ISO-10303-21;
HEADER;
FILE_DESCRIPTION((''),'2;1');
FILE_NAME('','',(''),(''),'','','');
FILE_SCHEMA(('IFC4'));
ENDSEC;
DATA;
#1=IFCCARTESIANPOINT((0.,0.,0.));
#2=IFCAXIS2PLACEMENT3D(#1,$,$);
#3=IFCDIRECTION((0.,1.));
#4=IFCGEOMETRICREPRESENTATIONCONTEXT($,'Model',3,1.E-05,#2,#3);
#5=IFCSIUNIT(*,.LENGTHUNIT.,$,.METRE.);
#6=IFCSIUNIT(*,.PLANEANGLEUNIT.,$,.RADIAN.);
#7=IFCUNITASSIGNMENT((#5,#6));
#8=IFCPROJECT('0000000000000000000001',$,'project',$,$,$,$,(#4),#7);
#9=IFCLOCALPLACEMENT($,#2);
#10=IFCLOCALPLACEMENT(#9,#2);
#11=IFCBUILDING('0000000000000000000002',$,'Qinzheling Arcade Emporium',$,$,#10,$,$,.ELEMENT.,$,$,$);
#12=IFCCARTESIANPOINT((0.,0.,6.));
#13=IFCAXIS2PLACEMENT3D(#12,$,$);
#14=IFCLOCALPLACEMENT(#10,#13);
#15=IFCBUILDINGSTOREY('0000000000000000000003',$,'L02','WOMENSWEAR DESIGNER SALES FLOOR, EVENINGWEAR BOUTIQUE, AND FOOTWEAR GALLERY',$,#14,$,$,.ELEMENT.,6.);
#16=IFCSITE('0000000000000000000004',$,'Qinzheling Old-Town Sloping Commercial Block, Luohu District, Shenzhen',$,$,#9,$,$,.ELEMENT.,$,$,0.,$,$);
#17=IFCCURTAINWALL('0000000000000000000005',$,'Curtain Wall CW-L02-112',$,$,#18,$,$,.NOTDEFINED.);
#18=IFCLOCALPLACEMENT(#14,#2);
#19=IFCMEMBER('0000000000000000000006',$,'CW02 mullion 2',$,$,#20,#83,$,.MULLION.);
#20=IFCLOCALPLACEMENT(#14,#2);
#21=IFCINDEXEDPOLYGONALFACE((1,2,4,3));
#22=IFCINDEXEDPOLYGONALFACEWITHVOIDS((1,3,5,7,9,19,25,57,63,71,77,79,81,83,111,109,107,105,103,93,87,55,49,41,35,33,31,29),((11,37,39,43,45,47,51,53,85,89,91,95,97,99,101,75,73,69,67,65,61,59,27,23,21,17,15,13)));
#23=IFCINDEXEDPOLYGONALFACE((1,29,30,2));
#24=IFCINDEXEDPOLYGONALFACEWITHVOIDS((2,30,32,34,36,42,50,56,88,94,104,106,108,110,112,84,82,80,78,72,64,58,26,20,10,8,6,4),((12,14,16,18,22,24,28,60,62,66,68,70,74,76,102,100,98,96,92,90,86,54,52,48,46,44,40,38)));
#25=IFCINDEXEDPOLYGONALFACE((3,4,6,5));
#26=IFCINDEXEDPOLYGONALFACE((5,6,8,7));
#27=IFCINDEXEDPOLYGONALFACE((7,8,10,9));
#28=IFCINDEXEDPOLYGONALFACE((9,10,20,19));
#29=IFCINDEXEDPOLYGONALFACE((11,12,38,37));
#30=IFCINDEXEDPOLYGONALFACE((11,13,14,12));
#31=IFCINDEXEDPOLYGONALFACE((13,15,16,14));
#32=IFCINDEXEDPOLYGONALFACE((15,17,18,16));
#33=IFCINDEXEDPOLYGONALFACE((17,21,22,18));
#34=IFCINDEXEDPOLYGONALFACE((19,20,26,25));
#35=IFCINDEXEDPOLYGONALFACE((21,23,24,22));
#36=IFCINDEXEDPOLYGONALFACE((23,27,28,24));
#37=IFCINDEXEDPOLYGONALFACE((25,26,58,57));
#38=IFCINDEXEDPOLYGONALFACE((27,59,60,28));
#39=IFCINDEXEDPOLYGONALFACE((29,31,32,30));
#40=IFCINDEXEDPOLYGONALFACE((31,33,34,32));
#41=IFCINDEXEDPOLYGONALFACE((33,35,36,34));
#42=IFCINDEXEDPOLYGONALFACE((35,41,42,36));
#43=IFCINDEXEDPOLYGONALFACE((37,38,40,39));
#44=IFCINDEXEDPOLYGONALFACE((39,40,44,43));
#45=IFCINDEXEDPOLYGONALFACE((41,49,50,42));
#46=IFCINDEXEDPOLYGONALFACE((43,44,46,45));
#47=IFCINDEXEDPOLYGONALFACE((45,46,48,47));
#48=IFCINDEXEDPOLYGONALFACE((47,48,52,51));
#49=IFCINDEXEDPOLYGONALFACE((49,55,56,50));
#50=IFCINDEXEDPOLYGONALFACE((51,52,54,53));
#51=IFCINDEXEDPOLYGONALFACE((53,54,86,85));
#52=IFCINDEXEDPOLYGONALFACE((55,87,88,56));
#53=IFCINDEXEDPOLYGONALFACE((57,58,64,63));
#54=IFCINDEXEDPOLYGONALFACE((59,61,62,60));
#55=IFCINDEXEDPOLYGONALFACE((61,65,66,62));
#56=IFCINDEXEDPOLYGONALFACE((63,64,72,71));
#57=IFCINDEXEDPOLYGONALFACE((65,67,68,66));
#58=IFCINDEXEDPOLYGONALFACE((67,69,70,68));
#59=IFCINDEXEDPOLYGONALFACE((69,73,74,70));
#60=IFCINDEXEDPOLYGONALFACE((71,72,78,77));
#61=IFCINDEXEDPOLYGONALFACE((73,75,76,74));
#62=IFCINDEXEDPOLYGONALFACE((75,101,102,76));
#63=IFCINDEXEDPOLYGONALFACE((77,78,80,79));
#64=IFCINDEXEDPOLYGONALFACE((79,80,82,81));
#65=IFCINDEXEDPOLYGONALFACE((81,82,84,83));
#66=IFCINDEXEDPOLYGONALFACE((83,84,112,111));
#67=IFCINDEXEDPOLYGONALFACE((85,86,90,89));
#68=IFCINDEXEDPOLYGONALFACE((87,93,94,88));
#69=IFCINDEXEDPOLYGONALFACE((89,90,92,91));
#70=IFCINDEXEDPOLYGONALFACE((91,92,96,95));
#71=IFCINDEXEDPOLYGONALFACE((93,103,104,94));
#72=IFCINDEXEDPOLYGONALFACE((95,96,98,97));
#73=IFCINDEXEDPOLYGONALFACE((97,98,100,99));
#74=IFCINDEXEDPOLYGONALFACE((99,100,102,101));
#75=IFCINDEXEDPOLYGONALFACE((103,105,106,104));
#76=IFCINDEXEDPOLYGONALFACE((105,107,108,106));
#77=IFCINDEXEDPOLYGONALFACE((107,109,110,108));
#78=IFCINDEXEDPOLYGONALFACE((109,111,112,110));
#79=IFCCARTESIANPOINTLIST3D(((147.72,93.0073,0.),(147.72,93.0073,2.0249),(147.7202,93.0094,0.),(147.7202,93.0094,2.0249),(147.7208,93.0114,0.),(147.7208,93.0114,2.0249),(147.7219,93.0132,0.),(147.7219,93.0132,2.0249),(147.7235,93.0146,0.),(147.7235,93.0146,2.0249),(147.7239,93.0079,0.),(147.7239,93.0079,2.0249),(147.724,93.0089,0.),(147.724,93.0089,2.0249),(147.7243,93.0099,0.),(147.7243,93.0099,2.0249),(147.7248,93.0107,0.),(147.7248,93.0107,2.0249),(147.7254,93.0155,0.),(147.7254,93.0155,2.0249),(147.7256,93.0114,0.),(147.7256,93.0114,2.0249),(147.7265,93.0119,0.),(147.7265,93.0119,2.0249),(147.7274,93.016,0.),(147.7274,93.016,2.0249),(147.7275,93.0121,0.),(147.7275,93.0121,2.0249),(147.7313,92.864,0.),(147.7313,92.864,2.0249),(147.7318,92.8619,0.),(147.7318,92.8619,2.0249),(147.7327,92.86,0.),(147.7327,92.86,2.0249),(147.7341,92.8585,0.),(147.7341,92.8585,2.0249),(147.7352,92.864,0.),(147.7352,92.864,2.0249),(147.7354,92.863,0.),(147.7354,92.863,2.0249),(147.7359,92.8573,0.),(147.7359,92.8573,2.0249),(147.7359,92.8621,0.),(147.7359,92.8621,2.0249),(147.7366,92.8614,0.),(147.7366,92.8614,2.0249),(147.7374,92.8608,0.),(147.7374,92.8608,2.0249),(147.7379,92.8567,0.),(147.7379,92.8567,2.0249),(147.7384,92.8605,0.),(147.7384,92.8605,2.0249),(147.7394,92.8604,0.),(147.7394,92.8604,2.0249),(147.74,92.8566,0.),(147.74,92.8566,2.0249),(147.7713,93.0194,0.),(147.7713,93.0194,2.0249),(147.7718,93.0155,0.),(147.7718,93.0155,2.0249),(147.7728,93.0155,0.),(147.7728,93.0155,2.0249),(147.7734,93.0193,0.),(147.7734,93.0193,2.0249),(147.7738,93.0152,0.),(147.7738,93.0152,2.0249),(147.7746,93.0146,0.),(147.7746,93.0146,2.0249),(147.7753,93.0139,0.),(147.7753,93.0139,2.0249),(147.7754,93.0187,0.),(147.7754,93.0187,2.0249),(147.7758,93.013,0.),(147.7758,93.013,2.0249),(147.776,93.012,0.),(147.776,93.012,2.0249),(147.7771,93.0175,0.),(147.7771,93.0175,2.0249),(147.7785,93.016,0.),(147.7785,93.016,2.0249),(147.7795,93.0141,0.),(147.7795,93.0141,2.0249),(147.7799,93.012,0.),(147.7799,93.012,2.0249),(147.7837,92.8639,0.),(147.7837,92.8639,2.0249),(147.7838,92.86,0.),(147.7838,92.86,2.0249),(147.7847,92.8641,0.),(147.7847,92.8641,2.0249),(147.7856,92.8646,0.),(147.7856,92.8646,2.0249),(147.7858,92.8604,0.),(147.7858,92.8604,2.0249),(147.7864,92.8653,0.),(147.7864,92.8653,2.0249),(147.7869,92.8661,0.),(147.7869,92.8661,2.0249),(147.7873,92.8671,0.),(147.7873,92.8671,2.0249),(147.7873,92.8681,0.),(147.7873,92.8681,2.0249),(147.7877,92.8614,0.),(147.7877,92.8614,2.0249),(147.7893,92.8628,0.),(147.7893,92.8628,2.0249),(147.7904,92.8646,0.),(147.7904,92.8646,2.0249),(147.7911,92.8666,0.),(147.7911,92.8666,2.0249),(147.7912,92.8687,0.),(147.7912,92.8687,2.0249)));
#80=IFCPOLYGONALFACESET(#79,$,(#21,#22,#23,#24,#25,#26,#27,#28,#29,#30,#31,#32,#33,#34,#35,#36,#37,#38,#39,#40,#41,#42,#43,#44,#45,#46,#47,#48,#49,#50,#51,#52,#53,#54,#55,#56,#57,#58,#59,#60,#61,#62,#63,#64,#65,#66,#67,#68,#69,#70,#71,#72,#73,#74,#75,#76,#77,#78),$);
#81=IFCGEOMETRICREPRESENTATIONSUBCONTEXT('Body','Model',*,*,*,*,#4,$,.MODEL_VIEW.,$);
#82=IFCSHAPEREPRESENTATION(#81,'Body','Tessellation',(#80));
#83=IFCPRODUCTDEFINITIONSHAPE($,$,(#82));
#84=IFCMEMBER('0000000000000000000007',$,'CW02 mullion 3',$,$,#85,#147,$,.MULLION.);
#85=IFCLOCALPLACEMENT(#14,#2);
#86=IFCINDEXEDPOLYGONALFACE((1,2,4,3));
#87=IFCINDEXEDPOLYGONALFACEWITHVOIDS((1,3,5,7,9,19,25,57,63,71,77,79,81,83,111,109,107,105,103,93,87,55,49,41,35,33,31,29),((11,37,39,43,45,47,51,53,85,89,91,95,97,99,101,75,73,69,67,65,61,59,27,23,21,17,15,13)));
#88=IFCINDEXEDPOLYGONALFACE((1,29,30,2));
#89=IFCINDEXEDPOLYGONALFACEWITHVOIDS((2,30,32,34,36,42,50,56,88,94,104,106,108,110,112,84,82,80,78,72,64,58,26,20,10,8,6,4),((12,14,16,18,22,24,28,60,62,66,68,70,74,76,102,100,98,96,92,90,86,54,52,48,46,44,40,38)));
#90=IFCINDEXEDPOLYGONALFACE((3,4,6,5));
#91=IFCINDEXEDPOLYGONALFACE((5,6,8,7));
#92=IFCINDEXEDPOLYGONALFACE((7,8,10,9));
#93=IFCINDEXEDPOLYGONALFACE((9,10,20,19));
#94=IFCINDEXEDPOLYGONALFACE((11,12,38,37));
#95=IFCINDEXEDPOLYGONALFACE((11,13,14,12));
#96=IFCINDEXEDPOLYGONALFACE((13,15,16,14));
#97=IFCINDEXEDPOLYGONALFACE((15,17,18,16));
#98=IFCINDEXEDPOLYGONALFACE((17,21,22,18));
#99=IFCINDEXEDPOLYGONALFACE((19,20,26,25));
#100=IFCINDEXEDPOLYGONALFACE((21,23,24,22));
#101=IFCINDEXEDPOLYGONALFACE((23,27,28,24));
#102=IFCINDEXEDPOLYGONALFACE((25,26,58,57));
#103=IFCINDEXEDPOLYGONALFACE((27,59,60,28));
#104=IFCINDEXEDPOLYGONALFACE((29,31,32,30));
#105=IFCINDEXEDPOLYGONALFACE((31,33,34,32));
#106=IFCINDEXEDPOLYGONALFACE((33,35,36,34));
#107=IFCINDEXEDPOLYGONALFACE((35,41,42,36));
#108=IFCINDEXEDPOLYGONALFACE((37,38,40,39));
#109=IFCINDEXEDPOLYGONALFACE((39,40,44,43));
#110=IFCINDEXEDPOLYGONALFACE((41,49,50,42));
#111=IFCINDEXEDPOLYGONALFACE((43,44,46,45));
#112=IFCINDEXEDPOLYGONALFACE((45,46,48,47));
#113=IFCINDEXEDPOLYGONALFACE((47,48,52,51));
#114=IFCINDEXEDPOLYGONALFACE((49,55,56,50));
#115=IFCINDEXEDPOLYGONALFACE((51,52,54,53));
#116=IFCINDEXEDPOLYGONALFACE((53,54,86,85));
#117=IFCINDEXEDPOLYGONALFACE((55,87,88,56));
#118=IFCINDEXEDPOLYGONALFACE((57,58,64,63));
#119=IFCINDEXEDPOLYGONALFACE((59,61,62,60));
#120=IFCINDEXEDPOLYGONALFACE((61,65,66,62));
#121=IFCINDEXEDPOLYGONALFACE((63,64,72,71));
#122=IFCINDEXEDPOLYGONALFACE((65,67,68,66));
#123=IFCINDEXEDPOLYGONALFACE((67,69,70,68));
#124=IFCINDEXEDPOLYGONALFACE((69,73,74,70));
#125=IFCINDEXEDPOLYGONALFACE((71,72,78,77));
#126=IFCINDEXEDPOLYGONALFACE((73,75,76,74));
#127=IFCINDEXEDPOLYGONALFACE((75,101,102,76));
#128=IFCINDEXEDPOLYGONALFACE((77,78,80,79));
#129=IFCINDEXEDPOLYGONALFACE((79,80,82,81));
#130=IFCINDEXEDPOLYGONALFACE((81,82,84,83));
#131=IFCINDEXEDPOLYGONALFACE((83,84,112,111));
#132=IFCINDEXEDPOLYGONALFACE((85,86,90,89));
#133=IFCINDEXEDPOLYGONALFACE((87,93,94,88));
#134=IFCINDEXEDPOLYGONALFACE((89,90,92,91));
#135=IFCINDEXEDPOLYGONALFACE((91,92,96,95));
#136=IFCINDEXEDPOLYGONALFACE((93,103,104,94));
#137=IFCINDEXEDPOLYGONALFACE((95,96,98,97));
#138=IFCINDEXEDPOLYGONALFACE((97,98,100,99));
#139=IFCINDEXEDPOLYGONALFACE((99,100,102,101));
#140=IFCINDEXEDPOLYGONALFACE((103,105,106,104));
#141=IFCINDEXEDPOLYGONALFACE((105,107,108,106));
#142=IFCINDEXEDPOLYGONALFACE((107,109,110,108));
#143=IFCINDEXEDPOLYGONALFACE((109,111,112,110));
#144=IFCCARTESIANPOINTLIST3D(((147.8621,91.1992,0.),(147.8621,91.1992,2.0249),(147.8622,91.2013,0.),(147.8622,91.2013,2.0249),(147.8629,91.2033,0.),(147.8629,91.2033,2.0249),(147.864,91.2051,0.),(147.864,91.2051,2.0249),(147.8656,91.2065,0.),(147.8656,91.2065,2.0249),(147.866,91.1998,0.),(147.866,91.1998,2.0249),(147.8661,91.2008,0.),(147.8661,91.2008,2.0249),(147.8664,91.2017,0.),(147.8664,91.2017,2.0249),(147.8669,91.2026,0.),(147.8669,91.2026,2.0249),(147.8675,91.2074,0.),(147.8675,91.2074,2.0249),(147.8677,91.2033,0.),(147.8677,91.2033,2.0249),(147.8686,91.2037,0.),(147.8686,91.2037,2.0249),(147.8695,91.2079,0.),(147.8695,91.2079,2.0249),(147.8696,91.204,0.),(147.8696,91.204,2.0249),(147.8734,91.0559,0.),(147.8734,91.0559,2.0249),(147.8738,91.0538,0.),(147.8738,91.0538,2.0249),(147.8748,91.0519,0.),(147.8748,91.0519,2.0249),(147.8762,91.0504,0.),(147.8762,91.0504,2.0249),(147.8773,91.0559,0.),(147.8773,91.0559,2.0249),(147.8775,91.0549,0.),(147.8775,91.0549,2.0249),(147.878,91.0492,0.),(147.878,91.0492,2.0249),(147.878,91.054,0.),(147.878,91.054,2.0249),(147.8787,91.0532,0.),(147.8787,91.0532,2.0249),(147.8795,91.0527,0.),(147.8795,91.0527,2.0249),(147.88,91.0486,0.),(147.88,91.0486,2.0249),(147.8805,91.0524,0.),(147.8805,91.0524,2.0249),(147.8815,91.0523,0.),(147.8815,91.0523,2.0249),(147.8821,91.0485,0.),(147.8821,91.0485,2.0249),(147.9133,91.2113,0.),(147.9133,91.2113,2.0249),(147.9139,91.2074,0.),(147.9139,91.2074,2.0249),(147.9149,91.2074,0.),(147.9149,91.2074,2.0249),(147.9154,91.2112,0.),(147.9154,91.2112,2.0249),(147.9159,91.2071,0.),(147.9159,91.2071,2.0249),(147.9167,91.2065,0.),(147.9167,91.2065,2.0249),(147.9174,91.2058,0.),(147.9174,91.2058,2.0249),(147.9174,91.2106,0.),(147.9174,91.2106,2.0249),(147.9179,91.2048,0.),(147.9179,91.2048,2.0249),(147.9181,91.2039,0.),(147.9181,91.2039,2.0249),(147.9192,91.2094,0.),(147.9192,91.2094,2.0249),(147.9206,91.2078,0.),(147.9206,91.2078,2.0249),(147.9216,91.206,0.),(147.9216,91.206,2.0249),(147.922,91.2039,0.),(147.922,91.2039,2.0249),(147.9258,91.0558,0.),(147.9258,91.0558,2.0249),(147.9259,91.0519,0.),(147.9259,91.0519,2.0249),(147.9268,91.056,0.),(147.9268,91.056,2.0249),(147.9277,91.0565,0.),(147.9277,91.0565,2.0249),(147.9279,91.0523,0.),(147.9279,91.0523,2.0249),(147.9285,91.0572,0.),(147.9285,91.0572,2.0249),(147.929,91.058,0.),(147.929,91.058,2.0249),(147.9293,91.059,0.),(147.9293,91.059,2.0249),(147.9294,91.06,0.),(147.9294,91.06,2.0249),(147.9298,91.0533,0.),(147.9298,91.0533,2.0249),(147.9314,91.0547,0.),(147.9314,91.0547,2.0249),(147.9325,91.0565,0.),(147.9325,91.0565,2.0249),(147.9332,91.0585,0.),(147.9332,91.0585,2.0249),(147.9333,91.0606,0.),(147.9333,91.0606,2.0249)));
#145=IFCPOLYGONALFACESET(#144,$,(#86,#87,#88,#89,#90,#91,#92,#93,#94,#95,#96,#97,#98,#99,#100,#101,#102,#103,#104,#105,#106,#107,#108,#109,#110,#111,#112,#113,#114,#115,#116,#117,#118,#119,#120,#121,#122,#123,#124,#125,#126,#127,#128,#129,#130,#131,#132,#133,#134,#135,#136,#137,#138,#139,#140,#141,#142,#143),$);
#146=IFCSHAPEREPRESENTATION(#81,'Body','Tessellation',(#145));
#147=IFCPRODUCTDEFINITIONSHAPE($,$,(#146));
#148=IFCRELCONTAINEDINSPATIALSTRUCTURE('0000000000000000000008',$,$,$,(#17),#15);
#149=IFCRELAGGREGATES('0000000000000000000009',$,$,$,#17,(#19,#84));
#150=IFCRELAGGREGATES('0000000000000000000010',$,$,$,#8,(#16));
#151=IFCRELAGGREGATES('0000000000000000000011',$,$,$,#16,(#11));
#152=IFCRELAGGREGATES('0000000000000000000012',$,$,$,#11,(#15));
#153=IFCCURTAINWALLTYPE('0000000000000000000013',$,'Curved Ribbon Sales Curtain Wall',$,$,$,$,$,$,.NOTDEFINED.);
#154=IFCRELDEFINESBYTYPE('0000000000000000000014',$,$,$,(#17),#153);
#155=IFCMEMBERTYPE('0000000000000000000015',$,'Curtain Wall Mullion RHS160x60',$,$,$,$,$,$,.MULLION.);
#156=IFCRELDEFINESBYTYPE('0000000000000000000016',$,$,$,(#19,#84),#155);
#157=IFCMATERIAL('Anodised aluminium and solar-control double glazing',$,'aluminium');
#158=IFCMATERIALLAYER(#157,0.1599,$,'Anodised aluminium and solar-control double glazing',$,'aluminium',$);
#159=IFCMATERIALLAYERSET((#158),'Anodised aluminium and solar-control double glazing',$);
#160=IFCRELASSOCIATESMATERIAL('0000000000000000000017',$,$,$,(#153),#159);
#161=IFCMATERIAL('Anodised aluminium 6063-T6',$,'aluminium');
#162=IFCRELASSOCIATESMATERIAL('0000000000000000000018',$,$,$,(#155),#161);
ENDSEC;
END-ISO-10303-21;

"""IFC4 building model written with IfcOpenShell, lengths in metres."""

from ifc_helpers import new_model, si_unit, direction, frame, origin, origin_2d, place, context, subcontext, project, spatial, hollow_rectangle, extrude, material, layer, layer_set, material_profile, profile_set, type_object, element, aggregate, save


model = new_model("IFC4")

# Units and contexts
model_context = context("Model", 3, precision=1e-05, world=origin(), true_north=direction((0.0, 1.0)))
body_context = subcontext(model_context, "Body", "Model", "MODEL_VIEW")
ifc_project = project(units=[si_unit("LENGTHUNIT", "METRE"), si_unit("PLANEANGLEUNIT", "RADIAN")], contexts=[model_context])

# Site, building, storey
site_placement = place(None, origin())
site = spatial("IfcSite", under=ifc_project, at=site_placement, Name="Qinzheling Old-Town Sloping Commercial Block, Luohu District, Shenzhen", CompositionType="ELEMENT", RefElevation=0.0)
building_placement = place(site_placement, origin())
building = spatial("IfcBuilding", under=site, at=building_placement, Name="Qinzheling Arcade Emporium", CompositionType="ELEMENT")
storey_placement = place(building_placement, frame((0.0, 0.0, 6.0)))
storey = spatial("IfcBuildingStorey", under=building, at=storey_placement, Name="L02", Description="WOMENSWEAR DESIGNER SALES FLOOR, EVENINGWEAR BOUTIQUE, AND FOOTWEAR GALLERY", CompositionType="ELEMENT", Elevation=6.0)

# Curtain wall, members
ifc_material_1 = material(Name="Anodised aluminium and solar-control double glazing", Category="aluminium")
ifc_layer_1 = layer(ifc_material_1, 0.1599, Name="Anodised aluminium and solar-control double glazing", Category="aluminium")
ifc_layer_set_1 = layer_set([ifc_layer_1], Name="Anodised aluminium and solar-control double glazing")
curtain_wall_type_1 = type_object("IfcCurtainWallType", Name="Curved Ribbon Sales Curtain Wall", PredefinedType="NOTDEFINED", material=ifc_layer_set_1)
curtain_wall_1_placement = place(storey_placement, origin())
curtain_wall_1 = element("IfcCurtainWall", 1, at=curtain_wall_1_placement, inside=storey, type_object=curtain_wall_type_1, Name="Curtain Wall CW-L02-112", PredefinedType="NOTDEFINED")
ifc_material_2 = material(Name="Anodised aluminium 6063-T6", Category="aluminium")
ifc_material_profile_1 = material_profile(ifc_material_2, hollow_rectangle(XDim=0.0601, YDim=0.1599, WallThickness=0.0039, InnerFilletRadius=0.0039, OuterFilletRadius=0.0081, at=origin_2d()), Name="RHS 160x60x4", Category="aluminium")
ifc_profile_set_1 = profile_set([ifc_material_profile_1], Name="Anodised aluminium 6063-T6")
member_type_1 = type_object("IfcMemberType", Name="Curtain Wall Mullion RHS160x60", PredefinedType="MULLION", material=ifc_profile_set_1)
member_1_placement = place(storey_placement, frame((147.7556, 92.938, 0.0), z_axis=(0.0, 0.0, 1.0), x_axis=(0.996924, 0.078376, 0.0)))
member_1 = element("IfcMember", 2, at=member_1_placement, type_object=member_type_1, Name="CW02 mullion 2", PredefinedType="MULLION", context=body_context, shape_type="SweptSolid", body=[
    extrude(hollow_rectangle(XDim=0.0601, YDim=0.1599, WallThickness=0.0039, InnerFilletRadius=0.0039, OuterFilletRadius=0.0081, at=origin_2d()), origin(), (0.0, 0.0, 1.0), 2.0249),
])
member_2_placement = place(storey_placement, frame((147.8977, 91.1299, 0.0), z_axis=(0.0, 0.0, 1.0), x_axis=(0.996924, 0.078376, 0.0)))
member_2 = element("IfcMember", 3, at=member_2_placement, type_object=member_type_1, Name="CW02 mullion 3", PredefinedType="MULLION", context=body_context, shape_type="SweptSolid", body=[
    extrude(hollow_rectangle(XDim=0.0601, YDim=0.1599, WallThickness=0.0039, InnerFilletRadius=0.0039, OuterFilletRadius=0.0081, at=origin_2d()), origin(), (0.0, 0.0, 1.0), 2.0249),
])

aggregate(curtain_wall_1, [member_1, member_2])

save(model, "model.ifc")
